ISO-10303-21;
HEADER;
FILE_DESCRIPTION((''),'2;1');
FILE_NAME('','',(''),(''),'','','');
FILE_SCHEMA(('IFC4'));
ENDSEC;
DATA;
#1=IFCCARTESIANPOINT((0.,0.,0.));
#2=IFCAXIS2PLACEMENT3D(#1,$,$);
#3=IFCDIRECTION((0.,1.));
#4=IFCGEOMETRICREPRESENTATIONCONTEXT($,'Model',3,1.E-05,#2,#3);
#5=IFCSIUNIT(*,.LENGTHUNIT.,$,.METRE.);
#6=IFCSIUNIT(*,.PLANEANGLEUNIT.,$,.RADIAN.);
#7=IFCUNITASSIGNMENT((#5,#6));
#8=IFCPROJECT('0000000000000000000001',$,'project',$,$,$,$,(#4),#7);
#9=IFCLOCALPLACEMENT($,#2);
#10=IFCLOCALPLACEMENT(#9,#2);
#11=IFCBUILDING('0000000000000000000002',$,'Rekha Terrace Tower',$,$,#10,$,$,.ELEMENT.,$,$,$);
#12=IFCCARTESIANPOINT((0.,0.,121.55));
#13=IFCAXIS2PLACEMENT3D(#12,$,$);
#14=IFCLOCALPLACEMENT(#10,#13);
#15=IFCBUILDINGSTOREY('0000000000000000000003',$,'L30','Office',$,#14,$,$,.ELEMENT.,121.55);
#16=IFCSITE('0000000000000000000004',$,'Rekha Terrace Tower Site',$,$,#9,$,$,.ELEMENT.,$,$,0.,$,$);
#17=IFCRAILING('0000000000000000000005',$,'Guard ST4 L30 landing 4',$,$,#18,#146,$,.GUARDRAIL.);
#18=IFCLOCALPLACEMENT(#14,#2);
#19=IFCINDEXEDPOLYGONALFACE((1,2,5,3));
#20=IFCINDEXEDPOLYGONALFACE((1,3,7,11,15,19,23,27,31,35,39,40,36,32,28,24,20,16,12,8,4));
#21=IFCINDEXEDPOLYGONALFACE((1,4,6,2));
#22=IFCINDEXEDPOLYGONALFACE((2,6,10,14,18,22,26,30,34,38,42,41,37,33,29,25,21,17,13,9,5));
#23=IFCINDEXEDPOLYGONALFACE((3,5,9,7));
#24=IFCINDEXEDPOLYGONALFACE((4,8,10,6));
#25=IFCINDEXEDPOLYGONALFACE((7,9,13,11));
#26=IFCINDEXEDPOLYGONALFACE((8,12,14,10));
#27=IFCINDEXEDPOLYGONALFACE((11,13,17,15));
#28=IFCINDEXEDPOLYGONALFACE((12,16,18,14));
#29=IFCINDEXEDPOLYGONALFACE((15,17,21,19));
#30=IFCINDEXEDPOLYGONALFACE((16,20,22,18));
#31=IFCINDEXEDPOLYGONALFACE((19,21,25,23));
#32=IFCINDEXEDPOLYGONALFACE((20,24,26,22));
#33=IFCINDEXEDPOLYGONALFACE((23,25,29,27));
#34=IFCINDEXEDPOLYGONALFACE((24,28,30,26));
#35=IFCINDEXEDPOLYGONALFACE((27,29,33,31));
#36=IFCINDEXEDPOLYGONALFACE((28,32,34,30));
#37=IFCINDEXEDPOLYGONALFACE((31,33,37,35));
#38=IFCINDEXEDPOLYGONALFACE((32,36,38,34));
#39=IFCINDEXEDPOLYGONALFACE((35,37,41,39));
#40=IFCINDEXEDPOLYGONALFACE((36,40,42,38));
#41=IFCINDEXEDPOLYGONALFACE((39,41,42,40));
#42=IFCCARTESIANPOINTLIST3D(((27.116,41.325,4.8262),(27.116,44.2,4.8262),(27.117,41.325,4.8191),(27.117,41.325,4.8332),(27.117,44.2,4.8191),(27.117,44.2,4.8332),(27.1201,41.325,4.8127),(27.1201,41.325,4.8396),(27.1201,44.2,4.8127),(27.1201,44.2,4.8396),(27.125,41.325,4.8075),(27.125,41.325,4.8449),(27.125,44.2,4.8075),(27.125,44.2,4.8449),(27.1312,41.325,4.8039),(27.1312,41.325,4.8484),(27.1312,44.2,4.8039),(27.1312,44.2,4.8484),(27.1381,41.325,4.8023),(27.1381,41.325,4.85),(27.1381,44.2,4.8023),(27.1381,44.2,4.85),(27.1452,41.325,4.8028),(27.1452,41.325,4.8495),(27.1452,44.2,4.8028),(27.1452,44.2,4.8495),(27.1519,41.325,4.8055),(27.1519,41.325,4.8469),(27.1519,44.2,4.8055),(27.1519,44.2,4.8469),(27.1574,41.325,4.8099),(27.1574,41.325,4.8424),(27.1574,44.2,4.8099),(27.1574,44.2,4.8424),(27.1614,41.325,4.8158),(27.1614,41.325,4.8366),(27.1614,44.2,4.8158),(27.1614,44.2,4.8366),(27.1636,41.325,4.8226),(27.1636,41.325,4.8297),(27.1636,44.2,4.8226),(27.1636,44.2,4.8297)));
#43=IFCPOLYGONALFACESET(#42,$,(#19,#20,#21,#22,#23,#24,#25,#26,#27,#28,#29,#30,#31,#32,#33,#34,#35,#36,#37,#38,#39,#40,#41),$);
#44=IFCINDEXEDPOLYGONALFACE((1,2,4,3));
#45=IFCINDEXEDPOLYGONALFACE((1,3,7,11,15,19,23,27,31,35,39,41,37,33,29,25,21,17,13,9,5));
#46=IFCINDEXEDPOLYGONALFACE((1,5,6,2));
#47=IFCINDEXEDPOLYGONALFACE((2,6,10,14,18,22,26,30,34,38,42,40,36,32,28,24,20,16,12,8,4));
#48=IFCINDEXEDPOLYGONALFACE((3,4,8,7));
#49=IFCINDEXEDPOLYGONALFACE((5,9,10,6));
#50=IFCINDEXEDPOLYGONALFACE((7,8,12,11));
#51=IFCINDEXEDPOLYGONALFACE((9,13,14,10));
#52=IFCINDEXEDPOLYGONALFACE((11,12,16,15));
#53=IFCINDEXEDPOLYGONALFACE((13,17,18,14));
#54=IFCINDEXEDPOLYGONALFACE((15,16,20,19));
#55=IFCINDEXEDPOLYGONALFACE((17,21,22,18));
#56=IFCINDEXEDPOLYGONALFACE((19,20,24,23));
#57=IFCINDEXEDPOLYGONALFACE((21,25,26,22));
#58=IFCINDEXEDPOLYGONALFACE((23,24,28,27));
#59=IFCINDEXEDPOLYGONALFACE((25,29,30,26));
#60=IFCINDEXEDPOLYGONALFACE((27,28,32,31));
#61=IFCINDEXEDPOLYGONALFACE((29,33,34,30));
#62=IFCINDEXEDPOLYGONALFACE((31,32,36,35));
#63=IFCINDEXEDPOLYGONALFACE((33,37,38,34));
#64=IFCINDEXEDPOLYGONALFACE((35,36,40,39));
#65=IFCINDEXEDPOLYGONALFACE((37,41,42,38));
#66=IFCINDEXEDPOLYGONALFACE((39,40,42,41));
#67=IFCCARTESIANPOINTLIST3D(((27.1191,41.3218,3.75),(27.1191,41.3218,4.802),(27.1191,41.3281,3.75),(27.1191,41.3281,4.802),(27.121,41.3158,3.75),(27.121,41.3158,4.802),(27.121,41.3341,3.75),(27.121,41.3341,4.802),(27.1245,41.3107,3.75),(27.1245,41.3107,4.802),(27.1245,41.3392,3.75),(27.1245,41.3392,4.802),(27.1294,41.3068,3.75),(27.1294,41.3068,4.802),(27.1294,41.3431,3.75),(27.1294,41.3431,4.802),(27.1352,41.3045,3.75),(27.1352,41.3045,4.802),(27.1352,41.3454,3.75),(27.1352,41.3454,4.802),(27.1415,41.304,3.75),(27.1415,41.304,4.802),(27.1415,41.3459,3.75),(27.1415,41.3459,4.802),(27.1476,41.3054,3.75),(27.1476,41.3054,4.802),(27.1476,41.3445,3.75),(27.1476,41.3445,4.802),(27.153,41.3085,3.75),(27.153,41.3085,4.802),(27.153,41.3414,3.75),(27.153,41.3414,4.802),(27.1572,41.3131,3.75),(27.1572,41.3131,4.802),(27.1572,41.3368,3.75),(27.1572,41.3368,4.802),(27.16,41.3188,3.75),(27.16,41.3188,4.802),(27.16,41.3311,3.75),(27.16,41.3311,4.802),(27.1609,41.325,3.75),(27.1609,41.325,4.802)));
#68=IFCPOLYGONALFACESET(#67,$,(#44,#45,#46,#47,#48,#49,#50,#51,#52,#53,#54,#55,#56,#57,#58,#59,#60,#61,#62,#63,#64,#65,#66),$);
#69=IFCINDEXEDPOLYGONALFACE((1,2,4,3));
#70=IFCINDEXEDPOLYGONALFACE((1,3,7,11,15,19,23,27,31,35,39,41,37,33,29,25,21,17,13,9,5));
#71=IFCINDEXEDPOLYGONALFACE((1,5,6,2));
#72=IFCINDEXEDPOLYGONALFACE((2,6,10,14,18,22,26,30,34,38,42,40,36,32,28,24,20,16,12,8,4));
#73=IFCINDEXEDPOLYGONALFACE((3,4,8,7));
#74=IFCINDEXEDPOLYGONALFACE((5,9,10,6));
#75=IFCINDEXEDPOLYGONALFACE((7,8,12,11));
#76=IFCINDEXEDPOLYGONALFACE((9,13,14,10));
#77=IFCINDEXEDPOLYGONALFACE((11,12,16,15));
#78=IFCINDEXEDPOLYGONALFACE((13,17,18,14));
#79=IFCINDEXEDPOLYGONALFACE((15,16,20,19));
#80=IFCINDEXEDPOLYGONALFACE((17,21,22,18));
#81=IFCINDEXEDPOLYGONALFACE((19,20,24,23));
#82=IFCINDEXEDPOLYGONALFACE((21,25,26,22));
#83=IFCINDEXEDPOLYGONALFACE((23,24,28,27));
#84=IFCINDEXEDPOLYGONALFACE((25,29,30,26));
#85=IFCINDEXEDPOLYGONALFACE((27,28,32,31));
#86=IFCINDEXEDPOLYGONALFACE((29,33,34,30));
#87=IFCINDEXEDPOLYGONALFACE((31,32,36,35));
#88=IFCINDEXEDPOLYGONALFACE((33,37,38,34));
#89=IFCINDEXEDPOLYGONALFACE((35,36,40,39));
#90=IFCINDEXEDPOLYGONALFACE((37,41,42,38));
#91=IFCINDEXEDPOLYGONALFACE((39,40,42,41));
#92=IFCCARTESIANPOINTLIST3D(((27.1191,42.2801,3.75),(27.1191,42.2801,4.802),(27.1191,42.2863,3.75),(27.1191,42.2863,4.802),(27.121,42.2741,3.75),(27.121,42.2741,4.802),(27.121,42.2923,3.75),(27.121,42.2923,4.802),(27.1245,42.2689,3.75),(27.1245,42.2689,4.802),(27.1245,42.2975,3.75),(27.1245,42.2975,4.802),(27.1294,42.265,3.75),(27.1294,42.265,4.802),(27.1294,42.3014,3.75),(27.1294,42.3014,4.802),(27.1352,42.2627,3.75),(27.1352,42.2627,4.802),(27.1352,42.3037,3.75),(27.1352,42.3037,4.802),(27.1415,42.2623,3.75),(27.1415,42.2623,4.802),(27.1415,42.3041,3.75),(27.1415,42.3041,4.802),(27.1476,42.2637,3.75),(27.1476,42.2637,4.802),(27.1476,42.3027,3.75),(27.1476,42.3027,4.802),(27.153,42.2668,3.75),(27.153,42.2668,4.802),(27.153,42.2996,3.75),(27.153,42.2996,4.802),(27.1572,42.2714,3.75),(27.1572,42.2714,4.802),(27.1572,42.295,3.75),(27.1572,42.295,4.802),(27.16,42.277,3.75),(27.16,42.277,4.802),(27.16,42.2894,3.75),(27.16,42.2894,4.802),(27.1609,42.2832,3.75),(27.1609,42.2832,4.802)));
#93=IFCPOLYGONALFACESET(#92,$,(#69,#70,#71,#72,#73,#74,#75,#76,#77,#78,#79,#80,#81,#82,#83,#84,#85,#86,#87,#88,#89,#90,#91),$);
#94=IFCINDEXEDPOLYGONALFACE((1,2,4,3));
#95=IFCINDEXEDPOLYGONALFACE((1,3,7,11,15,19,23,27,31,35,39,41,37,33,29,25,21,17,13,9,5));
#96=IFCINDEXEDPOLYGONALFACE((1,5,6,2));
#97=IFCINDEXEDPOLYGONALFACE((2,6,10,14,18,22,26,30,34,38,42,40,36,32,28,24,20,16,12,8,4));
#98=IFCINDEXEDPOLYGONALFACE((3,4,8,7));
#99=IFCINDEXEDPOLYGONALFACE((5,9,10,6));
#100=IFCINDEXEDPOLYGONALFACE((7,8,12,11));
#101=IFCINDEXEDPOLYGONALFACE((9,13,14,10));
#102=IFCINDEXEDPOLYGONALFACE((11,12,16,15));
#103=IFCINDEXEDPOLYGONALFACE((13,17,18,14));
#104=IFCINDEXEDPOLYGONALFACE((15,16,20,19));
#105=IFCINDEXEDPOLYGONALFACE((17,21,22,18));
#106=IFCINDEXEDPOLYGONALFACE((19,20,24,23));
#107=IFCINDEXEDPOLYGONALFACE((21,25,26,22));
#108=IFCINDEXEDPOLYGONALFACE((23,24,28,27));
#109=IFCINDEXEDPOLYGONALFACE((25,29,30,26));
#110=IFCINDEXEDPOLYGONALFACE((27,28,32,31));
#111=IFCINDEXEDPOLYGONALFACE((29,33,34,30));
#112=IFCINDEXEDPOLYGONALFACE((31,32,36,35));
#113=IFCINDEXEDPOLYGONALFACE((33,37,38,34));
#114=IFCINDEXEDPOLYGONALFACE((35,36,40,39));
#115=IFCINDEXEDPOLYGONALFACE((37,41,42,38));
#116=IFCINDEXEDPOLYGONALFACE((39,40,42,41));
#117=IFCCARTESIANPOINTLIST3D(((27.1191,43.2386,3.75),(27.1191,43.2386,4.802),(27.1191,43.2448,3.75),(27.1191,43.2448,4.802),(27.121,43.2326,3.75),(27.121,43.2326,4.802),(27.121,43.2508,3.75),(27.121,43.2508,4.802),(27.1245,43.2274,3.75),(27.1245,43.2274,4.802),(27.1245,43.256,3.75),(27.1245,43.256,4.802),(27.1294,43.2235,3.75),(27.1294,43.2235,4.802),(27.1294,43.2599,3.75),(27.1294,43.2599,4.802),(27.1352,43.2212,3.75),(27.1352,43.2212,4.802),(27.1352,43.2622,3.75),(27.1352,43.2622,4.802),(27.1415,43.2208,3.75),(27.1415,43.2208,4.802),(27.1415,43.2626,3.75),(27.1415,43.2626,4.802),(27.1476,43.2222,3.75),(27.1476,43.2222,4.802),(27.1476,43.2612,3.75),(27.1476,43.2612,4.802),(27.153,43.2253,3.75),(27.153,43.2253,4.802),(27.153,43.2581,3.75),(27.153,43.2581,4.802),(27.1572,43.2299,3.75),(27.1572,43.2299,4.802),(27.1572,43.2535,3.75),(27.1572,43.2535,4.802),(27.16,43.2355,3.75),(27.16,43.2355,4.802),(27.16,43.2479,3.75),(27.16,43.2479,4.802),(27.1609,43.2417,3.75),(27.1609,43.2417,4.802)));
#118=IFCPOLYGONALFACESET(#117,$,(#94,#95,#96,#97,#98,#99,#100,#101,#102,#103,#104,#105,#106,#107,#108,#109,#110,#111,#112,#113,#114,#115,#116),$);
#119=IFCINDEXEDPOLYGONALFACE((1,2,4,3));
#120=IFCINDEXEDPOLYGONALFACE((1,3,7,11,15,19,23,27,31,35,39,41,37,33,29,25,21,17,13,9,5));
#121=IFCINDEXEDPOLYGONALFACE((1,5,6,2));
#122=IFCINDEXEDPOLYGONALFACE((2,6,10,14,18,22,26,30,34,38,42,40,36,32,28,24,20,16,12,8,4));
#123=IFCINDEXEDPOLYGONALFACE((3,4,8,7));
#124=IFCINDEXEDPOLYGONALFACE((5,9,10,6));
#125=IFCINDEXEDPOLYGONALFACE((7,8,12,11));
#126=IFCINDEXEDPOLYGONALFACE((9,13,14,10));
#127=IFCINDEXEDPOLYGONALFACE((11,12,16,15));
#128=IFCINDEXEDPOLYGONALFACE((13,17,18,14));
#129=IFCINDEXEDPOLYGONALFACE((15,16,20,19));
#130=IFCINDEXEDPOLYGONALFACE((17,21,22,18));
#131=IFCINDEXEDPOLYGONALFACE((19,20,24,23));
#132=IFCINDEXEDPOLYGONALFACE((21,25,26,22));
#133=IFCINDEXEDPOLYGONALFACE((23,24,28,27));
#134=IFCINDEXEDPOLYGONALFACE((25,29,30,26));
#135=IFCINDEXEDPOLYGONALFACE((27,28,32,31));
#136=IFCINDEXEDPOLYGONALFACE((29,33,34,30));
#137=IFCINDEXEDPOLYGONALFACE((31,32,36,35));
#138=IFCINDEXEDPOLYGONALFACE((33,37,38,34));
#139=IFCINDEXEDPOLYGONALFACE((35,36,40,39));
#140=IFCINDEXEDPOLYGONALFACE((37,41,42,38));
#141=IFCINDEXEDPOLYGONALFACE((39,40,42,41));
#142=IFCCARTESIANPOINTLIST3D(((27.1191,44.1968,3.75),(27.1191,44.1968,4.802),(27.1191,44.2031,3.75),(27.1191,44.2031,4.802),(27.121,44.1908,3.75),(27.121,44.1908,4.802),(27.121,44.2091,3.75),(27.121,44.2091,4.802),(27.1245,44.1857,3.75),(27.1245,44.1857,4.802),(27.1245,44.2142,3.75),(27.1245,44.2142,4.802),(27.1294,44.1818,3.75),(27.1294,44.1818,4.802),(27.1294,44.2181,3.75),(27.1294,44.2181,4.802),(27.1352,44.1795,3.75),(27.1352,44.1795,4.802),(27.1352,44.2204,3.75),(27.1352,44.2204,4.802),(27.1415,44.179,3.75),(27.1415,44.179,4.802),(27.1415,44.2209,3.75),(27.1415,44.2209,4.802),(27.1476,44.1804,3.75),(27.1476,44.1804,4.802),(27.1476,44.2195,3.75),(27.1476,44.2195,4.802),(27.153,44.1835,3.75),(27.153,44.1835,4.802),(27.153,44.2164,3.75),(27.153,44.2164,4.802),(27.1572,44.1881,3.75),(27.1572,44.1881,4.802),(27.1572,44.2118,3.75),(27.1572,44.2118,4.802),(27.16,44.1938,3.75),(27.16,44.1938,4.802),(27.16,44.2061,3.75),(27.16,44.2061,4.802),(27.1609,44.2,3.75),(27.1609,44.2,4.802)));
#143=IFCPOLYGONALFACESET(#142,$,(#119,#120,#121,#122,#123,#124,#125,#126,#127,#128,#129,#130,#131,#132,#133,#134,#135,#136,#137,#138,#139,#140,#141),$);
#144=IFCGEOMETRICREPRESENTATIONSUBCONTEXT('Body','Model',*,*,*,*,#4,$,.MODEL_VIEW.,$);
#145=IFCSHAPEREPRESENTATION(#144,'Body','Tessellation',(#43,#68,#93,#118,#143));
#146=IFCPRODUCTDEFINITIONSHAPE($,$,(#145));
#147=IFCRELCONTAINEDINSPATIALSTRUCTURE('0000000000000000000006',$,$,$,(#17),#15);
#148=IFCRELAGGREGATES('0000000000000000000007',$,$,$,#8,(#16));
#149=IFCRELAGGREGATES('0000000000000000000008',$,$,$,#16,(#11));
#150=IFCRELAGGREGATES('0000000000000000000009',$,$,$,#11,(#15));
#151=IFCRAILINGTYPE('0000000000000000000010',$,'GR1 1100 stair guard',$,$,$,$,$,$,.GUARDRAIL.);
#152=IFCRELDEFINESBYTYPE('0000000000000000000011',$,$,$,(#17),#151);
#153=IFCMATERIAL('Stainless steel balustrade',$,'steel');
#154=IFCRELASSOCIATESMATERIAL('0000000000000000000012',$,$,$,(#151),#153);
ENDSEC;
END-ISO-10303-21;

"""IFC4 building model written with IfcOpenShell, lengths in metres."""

from ifc_helpers import new_model, si_unit, direction, frame, origin, origin_2d, place, context, subcontext, project, spatial, circle, extrude, material, type_object, element, save


model = new_model("IFC4")

# Units and contexts
model_context = context("Model", 3, precision=1e-05, world=origin(), true_north=direction((0.0, 1.0)))
body_context = subcontext(model_context, "Body", "Model", "MODEL_VIEW")
ifc_project = project(units=[si_unit("LENGTHUNIT", "METRE"), si_unit("PLANEANGLEUNIT", "RADIAN")], contexts=[model_context])

# Site, building, storey
site_placement = place(None, origin())
site = spatial("IfcSite", under=ifc_project, at=site_placement, Name="Rekha Terrace Tower Site", CompositionType="ELEMENT", RefElevation=0.0)
building_placement = place(site_placement, origin())
building = spatial("IfcBuilding", under=site, at=building_placement, Name="Rekha Terrace Tower", CompositionType="ELEMENT")
storey_placement = place(building_placement, frame((0.0, 0.0, 121.55)))
storey = spatial("IfcBuildingStorey", under=building, at=storey_placement, Name="L30", Description="Office", CompositionType="ELEMENT", Elevation=121.55)

# Railing
ifc_material_1 = material(Name="Stainless steel balustrade", Category="steel")
railing_type_1 = type_object("IfcRailingType", Name="GR1 1100 stair guard", PredefinedType="GUARDRAIL", material=ifc_material_1)
railing_1_placement = place(storey_placement, frame((27.1399, 41.325, 3.75)))
element("IfcRailing", 1, at=railing_1_placement, inside=storey, type_object=railing_type_1, Name="Guard ST4 L30 landing 4", PredefinedType="GUARDRAIL", context=body_context, shape_type="SweptSolid", body=[
    extrude(circle(Radius=0.0239, at=origin_2d()), frame((0.0, 0.0, 1.0762), z_axis=(0.0, 1.0, 0.0), x_axis=(-1.0, 0.0, 0.0)), (0.0, 0.0, 1.0), 2.875),
    extrude(circle(Radius=0.021, at=origin_2d()), origin(), (0.0, 0.0, 1.0), 1.052),
    extrude(circle(Radius=0.021, at=origin_2d()), frame((0.0, 0.9583, 0.0)), (0.0, 0.0, 1.0), 1.052),
    extrude(circle(Radius=0.021, at=origin_2d()), frame((0.0, 1.9167, 0.0)), (0.0, 0.0, 1.0), 1.052),
    extrude(circle(Radius=0.021, at=origin_2d()), frame((0.0, 2.875, 0.0)), (0.0, 0.0, 1.0), 1.052),
])

save(model, "model.ifc")
